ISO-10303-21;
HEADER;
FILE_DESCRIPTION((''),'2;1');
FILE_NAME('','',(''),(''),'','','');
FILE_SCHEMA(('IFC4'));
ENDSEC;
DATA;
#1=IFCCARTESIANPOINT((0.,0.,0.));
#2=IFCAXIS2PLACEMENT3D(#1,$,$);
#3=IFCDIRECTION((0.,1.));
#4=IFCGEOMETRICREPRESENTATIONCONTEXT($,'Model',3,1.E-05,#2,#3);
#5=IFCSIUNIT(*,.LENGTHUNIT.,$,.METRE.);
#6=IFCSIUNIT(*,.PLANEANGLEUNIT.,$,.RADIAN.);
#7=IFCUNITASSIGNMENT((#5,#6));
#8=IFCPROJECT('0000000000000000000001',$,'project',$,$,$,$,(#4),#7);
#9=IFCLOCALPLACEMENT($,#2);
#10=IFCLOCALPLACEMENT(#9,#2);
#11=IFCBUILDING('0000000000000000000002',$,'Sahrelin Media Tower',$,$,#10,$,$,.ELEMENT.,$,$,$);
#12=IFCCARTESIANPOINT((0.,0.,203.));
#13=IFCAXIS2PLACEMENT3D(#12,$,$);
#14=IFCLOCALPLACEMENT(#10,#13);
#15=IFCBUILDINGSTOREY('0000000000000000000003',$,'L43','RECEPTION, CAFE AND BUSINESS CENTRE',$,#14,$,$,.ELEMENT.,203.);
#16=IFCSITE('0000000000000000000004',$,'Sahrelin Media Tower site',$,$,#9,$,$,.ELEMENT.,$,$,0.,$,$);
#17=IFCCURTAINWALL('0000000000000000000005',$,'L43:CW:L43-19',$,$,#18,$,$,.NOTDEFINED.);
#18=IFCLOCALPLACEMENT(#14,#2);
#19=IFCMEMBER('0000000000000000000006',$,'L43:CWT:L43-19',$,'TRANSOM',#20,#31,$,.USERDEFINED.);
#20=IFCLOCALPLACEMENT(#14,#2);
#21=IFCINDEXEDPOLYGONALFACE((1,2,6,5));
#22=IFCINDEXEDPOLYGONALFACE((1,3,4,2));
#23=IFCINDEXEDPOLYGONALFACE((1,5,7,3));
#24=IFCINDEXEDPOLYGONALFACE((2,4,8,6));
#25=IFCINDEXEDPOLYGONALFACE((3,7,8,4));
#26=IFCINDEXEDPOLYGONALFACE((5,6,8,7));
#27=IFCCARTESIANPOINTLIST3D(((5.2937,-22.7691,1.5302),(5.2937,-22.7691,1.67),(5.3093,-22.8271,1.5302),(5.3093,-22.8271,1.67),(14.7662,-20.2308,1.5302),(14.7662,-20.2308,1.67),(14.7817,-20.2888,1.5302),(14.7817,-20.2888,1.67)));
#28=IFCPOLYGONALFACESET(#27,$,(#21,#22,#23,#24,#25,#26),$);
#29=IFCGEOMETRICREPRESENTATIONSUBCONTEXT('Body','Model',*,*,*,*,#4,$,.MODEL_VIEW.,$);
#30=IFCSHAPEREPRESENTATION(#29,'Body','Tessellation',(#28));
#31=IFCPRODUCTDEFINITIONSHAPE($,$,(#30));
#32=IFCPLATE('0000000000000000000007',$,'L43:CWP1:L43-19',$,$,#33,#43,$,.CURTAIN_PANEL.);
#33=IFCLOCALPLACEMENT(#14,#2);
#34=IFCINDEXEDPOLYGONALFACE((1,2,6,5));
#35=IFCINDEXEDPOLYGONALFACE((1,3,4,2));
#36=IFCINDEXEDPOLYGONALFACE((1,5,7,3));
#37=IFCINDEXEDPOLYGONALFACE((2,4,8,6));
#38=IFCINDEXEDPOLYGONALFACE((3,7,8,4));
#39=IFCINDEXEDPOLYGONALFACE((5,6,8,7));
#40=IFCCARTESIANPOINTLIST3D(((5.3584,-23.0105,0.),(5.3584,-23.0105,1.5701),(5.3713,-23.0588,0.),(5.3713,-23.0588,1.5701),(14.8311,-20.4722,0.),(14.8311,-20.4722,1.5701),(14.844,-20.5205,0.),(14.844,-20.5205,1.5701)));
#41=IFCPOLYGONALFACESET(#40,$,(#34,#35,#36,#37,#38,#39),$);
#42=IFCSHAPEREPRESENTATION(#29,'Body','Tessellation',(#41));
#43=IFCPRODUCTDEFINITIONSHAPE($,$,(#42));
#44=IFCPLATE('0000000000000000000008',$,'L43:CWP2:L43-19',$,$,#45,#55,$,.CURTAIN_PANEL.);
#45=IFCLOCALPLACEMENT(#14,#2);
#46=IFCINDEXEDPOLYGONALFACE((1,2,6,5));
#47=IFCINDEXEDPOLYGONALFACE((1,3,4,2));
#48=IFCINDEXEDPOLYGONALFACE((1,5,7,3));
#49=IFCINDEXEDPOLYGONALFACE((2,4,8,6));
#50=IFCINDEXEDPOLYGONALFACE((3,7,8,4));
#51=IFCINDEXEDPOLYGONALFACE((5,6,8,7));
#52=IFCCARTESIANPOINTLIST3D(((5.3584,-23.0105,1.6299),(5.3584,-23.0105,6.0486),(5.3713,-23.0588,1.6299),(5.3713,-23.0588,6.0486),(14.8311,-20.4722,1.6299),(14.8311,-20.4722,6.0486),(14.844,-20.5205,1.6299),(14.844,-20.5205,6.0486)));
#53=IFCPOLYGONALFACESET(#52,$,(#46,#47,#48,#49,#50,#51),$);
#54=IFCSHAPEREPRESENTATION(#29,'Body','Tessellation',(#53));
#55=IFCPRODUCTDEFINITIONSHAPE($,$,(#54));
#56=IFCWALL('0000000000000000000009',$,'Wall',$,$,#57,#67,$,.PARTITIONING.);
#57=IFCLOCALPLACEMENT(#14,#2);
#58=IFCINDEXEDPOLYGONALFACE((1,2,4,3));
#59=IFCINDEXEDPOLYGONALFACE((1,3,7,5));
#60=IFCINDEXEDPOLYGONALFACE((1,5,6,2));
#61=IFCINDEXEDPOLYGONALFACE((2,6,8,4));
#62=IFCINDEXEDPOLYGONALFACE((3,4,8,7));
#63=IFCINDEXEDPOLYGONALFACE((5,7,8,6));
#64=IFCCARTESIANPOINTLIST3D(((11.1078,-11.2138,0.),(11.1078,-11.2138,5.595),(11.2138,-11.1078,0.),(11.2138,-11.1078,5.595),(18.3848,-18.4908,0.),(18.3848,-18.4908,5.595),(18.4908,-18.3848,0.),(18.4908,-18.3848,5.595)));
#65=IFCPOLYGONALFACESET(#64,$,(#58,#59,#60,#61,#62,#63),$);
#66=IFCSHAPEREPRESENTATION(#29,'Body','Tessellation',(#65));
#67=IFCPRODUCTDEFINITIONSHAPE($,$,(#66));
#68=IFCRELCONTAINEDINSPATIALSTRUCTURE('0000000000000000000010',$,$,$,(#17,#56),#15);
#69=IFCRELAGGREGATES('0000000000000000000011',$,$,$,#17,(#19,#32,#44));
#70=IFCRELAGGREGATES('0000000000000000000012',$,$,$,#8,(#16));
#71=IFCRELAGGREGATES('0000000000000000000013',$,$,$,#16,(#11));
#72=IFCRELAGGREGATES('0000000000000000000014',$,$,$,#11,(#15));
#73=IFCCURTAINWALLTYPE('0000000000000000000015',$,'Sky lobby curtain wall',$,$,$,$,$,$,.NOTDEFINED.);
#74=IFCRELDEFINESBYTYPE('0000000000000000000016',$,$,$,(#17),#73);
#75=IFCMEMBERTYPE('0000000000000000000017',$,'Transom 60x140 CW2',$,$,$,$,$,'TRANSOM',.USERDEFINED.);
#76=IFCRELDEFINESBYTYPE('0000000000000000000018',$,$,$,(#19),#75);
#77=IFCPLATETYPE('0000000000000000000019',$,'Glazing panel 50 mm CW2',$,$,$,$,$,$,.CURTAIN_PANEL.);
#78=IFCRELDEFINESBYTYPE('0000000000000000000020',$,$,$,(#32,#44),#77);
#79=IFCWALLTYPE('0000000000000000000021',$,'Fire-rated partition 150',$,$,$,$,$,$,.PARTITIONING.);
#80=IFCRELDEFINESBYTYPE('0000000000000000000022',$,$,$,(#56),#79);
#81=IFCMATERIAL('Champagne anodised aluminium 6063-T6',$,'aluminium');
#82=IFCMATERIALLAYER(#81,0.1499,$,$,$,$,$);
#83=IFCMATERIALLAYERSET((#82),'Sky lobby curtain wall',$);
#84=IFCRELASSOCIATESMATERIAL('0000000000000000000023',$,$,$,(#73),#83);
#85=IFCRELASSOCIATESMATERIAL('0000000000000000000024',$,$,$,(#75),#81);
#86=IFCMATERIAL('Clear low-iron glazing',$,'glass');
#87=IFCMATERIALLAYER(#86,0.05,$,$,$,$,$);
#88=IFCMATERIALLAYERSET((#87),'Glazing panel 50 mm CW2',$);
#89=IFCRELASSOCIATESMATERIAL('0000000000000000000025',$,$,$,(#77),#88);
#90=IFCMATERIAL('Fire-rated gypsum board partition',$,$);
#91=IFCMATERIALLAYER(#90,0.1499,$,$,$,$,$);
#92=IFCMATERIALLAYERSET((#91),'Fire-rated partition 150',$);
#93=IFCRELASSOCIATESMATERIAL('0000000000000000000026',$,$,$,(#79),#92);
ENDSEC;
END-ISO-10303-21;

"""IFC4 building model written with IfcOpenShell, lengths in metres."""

from ifc_helpers import new_model, si_unit, direction, frame, frame_2d, origin, origin_2d, place, context, subcontext, project, spatial, polyline, rectangle, outline, extrude, material, layer, layer_set, material_profile, profile_set, type_object, element, aggregate, save


model = new_model("IFC4")

# Units and contexts
model_context = context("Model", 3, precision=1e-05, world=origin(), true_north=direction((0.0, 1.0)))
body_context = subcontext(model_context, "Body", "Model", "MODEL_VIEW")
ifc_project = project(units=[si_unit("LENGTHUNIT", "METRE"), si_unit("PLANEANGLEUNIT", "RADIAN")], contexts=[model_context])

# Site, building, storey
site_placement = place(None, origin())
site = spatial("IfcSite", under=ifc_project, at=site_placement, Name="Sahrelin Media Tower site", CompositionType="ELEMENT", RefElevation=0.0)
building_placement = place(site_placement, origin())
building = spatial("IfcBuilding", under=site, at=building_placement, Name="Sahrelin Media Tower", CompositionType="ELEMENT")
storey_placement = place(building_placement, frame((0.0, 0.0, 203.0)))
storey = spatial("IfcBuildingStorey", under=building, at=storey_placement, Name="L43", Description="RECEPTION, CAFE AND BUSINESS CENTRE", CompositionType="ELEMENT", Elevation=203.0)

# Curtain wall
ifc_material_1 = material(Name="Champagne anodised aluminium 6063-T6", Category="aluminium")
ifc_layer_1 = layer(ifc_material_1, 0.1499)
ifc_layer_set_1 = layer_set([ifc_layer_1], Name="Sky lobby curtain wall")
curtain_wall_type = type_object("IfcCurtainWallType", Name="Sky lobby curtain wall", PredefinedType="NOTDEFINED", material=ifc_layer_set_1)
curtain_wall_placement = place(storey_placement, frame((10.1023, -21.7705, 0.0), z_axis=(0.0, 0.0, 1.0), x_axis=(1.0, 0.0, 0.0)))
curtain_wall = element("IfcCurtainWall", 1, at=curtain_wall_placement, inside=storey, type_object=curtain_wall_type, Name="L43:CW:L43-19", PredefinedType="NOTDEFINED")

# Member
ifc_material_profile_1 = material_profile(ifc_material_1, rectangle(XDim=0.0601, YDim=0.1399, at=origin_2d()), Name="Transom 60x140")
ifc_profile_set_1 = profile_set([ifc_material_profile_1], Name="Champagne anodised aluminium 6063-T6")
member_type_1 = type_object("IfcMemberType", Name="Transom 60x140 CW2", ElementType="TRANSOM", PredefinedType="USERDEFINED", material=ifc_profile_set_1)
member_1_placement = place(storey_placement, frame((5.3015, -22.7981, 1.6001), z_axis=(0.965921, 0.258839, 0.0), x_axis=(-0.258839, 0.965921, 0.0)))
member_1 = element("IfcMember", 2, at=member_1_placement, type_object=member_type_1, Name="L43:CWT:L43-19", ObjectType="TRANSOM", PredefinedType="USERDEFINED", context=body_context, shape_type="SweptSolid", body=[
    extrude(rectangle(XDim=0.0601, YDim=0.1399, at=origin_2d()), origin(), (0.0, 0.0, 1.0), 9.8066),
])

# Plates
ifc_material_2 = material(Name="Clear low-iron glazing", Category="glass")
ifc_layer_2 = layer(ifc_material_2, 0.05)
ifc_layer_set_2 = layer_set([ifc_layer_2], Name="Glazing panel 50 mm CW2")
plate_type = type_object("IfcPlateType", Name="Glazing panel 50 mm CW2", PredefinedType="CURTAIN_PANEL", material=ifc_layer_set_2)
plate_1_placement = place(storey_placement, frame((5.3713, -23.0588, 0.0), z_axis=(0.258832, -0.965922, 0.0), x_axis=(0.965922, 0.258832, 0.0)))
plate_1 = element("IfcPlate", 3, at=plate_1_placement, type_object=plate_type, Name="L43:CWP1:L43-19", PredefinedType="CURTAIN_PANEL", context=body_context, shape_type="SweptSolid", body=[
    extrude(outline(polyline([(0.0, 0.0), (9.8069, 0.0), (9.8069, 1.5701), (0.0, 1.5701), (0.0, 0.0)])), origin(), (0.0, 0.0, -1.0), 0.05),
])
plate_2_placement = place(storey_placement, frame((5.3713, -23.0588, 1.6299), z_axis=(0.258832, -0.965922, 0.0), x_axis=(0.965922, 0.258832, 0.0)))
plate_2 = element("IfcPlate", 4, at=plate_2_placement, type_object=plate_type, Name="L43:CWP2:L43-19", PredefinedType="CURTAIN_PANEL", context=body_context, shape_type="SweptSolid", body=[
    extrude(outline(polyline([(0.0, 0.0), (9.8069, 0.0), (9.8069, 4.4187), (0.0, 4.4187), (0.0, 0.0)])), origin(), (0.0, 0.0, -1.0), 0.05),
])
aggregate(curtain_wall, [member_1, plate_1, plate_2])

# Wall
ifc_material_3 = material(Name="Fire-rated gypsum board partition")
ifc_layer_3 = layer(ifc_material_3, 0.1499)
ifc_layer_set_3 = layer_set([ifc_layer_3], Name="Fire-rated partition 150")
wall_type_1 = type_object("IfcWallType", Name="Fire-rated partition 150", PredefinedType="PARTITIONING", material=ifc_layer_set_3)
wall_1_placement = place(storey_placement, frame((11.1609, -11.1609, 0.0), z_axis=(0.0, 0.0, 1.0), x_axis=(0.707107, -0.707107, 0.0)))
element("IfcWall", 5, at=wall_1_placement, inside=storey, type_object=wall_type_1, Name="Wall", PredefinedType="PARTITIONING", context=body_context, shape_type="SweptSolid", body=[
    extrude(rectangle(XDim=10.2913, YDim=0.1499, at=frame_2d((5.1455, 0.0))), origin(), (0.0, 0.0, 1.0), 5.595),
])

save(model, "model.ifc")
